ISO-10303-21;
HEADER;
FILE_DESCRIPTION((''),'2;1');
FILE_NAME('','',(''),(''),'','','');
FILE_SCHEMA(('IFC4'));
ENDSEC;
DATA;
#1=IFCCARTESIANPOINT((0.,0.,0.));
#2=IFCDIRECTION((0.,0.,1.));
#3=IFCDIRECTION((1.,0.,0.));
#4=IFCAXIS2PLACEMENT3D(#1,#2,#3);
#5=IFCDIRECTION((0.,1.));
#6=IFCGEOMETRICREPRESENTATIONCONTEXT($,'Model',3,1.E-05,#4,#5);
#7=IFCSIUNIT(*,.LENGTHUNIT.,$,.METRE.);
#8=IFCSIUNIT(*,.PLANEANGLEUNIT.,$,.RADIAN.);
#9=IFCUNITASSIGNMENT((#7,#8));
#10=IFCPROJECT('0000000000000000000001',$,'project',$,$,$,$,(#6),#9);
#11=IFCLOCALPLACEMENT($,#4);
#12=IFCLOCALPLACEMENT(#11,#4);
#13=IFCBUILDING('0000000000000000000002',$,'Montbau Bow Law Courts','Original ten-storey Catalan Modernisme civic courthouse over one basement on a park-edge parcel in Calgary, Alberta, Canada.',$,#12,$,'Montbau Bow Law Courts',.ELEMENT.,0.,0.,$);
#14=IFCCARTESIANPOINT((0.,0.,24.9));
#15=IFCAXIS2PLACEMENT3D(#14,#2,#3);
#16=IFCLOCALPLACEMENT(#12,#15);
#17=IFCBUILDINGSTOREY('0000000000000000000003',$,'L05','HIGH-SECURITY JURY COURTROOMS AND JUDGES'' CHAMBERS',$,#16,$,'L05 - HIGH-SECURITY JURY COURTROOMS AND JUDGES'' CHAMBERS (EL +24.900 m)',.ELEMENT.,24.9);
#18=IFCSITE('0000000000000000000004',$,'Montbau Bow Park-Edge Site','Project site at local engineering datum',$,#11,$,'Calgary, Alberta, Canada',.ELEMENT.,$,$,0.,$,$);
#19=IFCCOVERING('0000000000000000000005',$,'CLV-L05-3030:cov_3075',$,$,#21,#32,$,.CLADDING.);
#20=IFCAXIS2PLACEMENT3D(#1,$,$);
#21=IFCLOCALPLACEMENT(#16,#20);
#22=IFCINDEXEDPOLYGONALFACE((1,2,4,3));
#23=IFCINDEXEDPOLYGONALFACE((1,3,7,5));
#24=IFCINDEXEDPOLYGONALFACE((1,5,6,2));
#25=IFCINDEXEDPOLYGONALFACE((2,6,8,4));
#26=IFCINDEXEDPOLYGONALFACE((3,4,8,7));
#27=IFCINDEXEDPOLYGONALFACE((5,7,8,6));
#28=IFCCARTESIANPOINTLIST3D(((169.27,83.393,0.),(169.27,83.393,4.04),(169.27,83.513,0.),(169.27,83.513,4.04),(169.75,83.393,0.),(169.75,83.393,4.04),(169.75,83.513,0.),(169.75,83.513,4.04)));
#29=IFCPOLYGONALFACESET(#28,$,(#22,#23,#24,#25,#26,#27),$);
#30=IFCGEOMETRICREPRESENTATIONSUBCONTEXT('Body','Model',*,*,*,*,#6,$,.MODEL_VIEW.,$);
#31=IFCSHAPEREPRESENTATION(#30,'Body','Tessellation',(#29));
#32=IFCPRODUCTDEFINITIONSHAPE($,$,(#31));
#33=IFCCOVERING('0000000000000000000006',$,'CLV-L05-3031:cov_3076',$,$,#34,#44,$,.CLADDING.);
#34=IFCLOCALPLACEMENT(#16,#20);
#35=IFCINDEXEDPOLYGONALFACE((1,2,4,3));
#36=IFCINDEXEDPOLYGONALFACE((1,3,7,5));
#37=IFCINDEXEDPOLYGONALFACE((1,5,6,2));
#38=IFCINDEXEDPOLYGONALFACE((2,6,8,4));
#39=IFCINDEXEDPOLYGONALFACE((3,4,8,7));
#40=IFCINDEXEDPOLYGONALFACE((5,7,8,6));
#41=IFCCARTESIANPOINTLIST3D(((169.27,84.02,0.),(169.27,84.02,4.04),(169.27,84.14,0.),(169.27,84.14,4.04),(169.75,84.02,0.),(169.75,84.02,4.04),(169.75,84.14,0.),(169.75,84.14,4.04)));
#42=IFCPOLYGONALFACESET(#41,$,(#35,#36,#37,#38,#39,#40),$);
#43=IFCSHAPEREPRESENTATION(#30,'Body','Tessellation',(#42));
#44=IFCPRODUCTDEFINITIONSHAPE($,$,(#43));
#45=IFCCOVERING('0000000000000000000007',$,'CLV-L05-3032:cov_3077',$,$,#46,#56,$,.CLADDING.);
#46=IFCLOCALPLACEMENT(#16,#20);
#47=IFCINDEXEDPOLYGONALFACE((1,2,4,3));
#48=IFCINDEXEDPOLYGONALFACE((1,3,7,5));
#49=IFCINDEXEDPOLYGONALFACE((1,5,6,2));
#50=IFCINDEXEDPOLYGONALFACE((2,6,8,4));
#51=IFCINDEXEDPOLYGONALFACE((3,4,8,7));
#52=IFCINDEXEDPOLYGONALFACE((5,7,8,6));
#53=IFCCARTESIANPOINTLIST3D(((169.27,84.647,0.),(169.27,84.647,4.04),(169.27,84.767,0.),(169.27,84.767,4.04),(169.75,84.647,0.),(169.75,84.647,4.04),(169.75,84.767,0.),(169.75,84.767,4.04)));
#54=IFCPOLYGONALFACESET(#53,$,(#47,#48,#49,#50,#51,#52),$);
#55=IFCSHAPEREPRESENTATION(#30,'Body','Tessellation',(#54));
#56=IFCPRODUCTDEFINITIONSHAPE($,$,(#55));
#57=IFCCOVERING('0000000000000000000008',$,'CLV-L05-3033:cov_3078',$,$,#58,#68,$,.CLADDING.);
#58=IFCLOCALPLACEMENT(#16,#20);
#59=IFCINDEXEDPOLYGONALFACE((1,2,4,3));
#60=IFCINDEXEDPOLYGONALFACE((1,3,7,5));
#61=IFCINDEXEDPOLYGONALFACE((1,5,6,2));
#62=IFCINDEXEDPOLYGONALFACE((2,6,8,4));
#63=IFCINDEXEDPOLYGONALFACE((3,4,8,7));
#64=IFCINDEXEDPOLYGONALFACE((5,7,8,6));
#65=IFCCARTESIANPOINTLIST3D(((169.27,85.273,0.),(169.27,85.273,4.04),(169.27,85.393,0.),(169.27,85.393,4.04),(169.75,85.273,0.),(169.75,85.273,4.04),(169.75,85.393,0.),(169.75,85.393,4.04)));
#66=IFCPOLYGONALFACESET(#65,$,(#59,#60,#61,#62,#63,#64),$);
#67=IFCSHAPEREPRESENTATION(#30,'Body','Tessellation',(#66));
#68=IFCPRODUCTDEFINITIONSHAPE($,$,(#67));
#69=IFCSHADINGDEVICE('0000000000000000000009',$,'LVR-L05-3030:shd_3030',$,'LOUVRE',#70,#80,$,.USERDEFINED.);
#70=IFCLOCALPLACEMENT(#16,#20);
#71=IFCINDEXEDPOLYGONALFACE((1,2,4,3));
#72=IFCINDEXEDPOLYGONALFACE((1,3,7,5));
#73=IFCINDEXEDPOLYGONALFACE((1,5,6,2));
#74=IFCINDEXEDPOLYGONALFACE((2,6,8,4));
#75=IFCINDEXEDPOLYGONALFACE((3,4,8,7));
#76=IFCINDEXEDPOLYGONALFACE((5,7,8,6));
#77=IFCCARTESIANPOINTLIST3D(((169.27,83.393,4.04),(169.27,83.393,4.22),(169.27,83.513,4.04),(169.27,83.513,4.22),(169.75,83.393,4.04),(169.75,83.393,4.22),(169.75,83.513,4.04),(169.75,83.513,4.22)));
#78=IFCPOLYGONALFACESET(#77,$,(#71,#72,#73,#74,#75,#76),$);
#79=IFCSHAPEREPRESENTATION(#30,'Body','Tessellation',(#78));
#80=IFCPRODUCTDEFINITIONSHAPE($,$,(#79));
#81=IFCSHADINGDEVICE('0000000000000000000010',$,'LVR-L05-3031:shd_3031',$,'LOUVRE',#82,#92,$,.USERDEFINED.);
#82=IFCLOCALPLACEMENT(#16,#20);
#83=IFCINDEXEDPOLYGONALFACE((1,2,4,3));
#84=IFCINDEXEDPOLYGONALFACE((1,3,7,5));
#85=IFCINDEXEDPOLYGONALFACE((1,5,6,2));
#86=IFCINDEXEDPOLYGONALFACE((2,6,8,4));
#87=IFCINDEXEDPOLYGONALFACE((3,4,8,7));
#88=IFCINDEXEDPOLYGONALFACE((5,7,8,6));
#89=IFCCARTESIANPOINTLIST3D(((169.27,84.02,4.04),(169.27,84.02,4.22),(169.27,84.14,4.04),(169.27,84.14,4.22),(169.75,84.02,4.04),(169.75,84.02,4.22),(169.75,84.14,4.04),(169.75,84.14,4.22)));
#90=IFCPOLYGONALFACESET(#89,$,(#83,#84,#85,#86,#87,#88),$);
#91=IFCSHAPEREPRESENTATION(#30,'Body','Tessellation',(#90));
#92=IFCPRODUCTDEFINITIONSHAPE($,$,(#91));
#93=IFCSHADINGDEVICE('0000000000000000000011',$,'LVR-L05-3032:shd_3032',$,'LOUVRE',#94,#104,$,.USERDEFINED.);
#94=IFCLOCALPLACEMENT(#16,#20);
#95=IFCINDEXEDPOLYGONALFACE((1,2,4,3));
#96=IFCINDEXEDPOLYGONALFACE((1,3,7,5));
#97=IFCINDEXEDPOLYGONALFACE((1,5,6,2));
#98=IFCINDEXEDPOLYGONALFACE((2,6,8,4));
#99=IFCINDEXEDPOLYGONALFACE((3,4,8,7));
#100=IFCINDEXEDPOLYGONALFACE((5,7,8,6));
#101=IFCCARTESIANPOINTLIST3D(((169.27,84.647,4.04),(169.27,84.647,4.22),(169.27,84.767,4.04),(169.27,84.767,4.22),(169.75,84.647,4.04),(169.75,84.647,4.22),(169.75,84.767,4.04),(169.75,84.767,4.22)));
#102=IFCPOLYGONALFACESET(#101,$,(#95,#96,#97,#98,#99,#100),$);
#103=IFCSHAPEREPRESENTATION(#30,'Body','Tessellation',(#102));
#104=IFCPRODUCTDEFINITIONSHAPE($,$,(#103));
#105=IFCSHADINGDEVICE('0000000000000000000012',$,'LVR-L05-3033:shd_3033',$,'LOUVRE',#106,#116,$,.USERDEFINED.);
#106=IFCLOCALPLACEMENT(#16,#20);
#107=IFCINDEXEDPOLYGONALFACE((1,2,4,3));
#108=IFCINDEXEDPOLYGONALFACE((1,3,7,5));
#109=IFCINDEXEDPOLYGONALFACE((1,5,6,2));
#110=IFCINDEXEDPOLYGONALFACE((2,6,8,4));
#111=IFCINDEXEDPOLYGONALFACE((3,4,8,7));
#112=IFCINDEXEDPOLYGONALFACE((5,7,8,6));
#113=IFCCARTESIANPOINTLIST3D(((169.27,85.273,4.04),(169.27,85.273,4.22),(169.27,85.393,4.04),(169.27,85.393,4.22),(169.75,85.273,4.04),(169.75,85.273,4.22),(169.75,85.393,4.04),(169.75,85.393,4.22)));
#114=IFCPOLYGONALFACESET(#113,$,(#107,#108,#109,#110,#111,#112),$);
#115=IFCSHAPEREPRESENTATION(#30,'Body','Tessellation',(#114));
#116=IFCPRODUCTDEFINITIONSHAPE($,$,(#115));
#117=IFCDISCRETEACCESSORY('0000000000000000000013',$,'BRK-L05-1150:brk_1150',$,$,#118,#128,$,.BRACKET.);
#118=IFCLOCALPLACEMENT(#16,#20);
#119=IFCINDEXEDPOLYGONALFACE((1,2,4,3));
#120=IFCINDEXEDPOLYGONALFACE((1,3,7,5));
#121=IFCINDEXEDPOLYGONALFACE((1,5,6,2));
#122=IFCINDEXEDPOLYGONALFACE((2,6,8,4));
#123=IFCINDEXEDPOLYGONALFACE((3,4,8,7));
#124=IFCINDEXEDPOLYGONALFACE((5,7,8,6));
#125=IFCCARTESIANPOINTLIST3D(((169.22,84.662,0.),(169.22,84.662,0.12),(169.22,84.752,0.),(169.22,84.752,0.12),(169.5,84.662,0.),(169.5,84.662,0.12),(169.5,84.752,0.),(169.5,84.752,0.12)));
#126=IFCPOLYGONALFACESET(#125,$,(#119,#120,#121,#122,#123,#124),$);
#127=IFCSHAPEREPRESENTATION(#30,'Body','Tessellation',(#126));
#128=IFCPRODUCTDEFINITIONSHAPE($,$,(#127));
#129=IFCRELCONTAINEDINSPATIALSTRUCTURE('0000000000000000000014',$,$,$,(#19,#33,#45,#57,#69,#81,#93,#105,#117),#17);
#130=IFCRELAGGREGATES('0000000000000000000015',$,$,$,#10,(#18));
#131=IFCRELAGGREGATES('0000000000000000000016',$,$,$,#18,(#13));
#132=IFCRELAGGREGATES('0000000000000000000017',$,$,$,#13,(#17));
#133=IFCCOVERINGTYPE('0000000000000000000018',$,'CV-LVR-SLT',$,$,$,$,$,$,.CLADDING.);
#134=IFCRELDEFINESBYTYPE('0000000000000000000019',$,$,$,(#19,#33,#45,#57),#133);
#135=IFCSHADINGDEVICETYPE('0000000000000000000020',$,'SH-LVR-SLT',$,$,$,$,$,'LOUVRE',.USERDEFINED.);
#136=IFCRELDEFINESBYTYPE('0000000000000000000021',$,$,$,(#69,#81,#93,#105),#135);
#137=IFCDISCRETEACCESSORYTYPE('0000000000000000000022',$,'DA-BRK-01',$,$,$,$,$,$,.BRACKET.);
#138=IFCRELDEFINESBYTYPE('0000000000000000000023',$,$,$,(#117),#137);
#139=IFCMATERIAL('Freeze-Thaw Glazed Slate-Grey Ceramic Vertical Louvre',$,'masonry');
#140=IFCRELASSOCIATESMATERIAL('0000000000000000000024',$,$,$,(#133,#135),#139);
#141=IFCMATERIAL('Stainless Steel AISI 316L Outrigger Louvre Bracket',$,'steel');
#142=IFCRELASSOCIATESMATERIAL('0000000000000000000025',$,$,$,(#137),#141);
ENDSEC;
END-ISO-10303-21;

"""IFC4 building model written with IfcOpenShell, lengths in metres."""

from ifc_helpers import new_model, si_unit, direction, frame, frame_2d, origin_with_axes, origin_2d_with_axis, place, context, subcontext, project, spatial, rectangle, extrude, material, type_object, element, save


model = new_model("IFC4")

# Units and contexts
model_context = context("Model", 3, precision=1e-05, world=origin_with_axes(), true_north=direction((0.0, 1.0)))
body_context = subcontext(model_context, "Body", "Model", "MODEL_VIEW")
ifc_project = project(units=[si_unit("LENGTHUNIT", "METRE"), si_unit("PLANEANGLEUNIT", "RADIAN")], contexts=[model_context])

# Site, building, storey
site_placement = place(None, origin_with_axes())
site = spatial("IfcSite", under=ifc_project, at=site_placement, Name="Montbau Bow Park-Edge Site", Description="Project site at local engineering datum", LongName="Calgary, Alberta, Canada", CompositionType="ELEMENT", RefElevation=0.0)
building_placement = place(site_placement, origin_with_axes())
building = spatial("IfcBuilding", under=site, at=building_placement, Name="Montbau Bow Law Courts", Description="Original ten-storey Catalan Modernisme civic courthouse over one basement on a park-edge parcel in Calgary, Alberta, Canada.", LongName="Montbau Bow Law Courts", CompositionType="ELEMENT", ElevationOfRefHeight=0.0, ElevationOfTerrain=0.0)
storey_placement = place(building_placement, frame((0.0, 0.0, 24.9), z_axis=(0.0, 0.0, 1.0), x_axis=(1.0, 0.0, 0.0)))
storey = spatial("IfcBuildingStorey", under=building, at=storey_placement, Name="L05", Description="HIGH-SECURITY JURY COURTROOMS AND JUDGES' CHAMBERS", LongName="L05 - HIGH-SECURITY JURY COURTROOMS AND JUDGES' CHAMBERS (EL +24.900 m)", CompositionType="ELEMENT", Elevation=24.9)

# Coverings
ifc_material_1 = material(Name="Freeze-Thaw Glazed Slate-Grey Ceramic Vertical Louvre", Category="masonry")
covering_type = type_object("IfcCoveringType", Name="CV-LVR-SLT", PredefinedType="CLADDING", material=ifc_material_1)
for number, where, z_axis, x_axis, name in (
    (1, (169.27, 83.453, 24.9), (0.0, -1.0, 0.0), (1.0, 0.0, 0.0), "CLV-L05-3030:cov_3075"),
    (2, (169.27, 84.08, 24.9), (0.0, -1.0, 0.0), (1.0, 0.0, 0.0), "CLV-L05-3031:cov_3076"),
    (3, (169.27, 84.707, 24.9), (0.0, -1.0, 0.0), (1.0, 0.0, 0.0), "CLV-L05-3032:cov_3077"),
    (4, (169.27, 85.333, 24.9), (0.0, -1.0, 0.0), (1.0, 0.0, 0.0), "CLV-L05-3033:cov_3078"),
):
    element("IfcCovering", number, at=place(None, frame(where, z_axis=z_axis, x_axis=x_axis)), inside=storey, type_object=covering_type, Name=name, PredefinedType="CLADDING", context=body_context, shape_type="SweptSolid", body=[
        extrude(rectangle(XDim=0.48, YDim=4.04, at=frame_2d((0.24, 2.02), x_axis=(1.0, 0.0))), frame((0.0, 0.0, -0.06), z_axis=(0.0, 0.0, 1.0), x_axis=(1.0, 0.0, 0.0)), (0.0, 0.0, 1.0), 0.12),
    ])

# Shading devices
shading_device_type = type_object("IfcShadingDeviceType", Name="SH-LVR-SLT", ElementType="LOUVRE", PredefinedType="USERDEFINED", material=ifc_material_1)
for number, where, z_axis, x_axis, name in (
    (5, (169.51, 83.453, 28.94), (0.0, 0.0, 1.0), (1.0, 0.0, 0.0), "LVR-L05-3030:shd_3030"),
    (6, (169.51, 84.08, 28.94), (0.0, 0.0, 1.0), (1.0, 0.0, 0.0), "LVR-L05-3031:shd_3031"),
    (7, (169.51, 84.707, 28.94), (0.0, 0.0, 1.0), (1.0, 0.0, 0.0), "LVR-L05-3032:shd_3032"),
    (8, (169.51, 85.333, 28.94), (0.0, 0.0, 1.0), (1.0, 0.0, 0.0), "LVR-L05-3033:shd_3033"),
):
    element("IfcShadingDevice", number, at=place(None, frame(where, z_axis=z_axis, x_axis=x_axis)), inside=storey, type_object=shading_device_type, Name=name, ObjectType="LOUVRE", PredefinedType="USERDEFINED", context=body_context, shape_type="SweptSolid", body=[
        extrude(rectangle(XDim=0.48, YDim=0.12, at=origin_2d_with_axis()), origin_with_axes(), (0.0, 0.0, 1.0), 0.18),
    ])

# Discrete accessory
ifc_material_2 = material(Name="Stainless Steel AISI 316L Outrigger Louvre Bracket", Category="steel")
discrete_accessory_type = type_object("IfcDiscreteAccessoryType", Name="DA-BRK-01", PredefinedType="BRACKET", material=ifc_material_2)
discrete_accessory_placement = place(None, frame((169.36, 84.707, 24.9), z_axis=(0.0, 0.0, 1.0), x_axis=(1.0, 0.0, 0.0)))
element("IfcDiscreteAccessory", 9, at=discrete_accessory_placement, inside=storey, type_object=discrete_accessory_type, Name="BRK-L05-1150:brk_1150", PredefinedType="BRACKET", context=body_context, shape_type="SweptSolid", body=[
    extrude(rectangle(XDim=0.28, YDim=0.09, at=origin_2d_with_axis()), origin_with_axes(), (0.0, 0.0, 1.0), 0.12),
])

save(model, "model.ifc")
